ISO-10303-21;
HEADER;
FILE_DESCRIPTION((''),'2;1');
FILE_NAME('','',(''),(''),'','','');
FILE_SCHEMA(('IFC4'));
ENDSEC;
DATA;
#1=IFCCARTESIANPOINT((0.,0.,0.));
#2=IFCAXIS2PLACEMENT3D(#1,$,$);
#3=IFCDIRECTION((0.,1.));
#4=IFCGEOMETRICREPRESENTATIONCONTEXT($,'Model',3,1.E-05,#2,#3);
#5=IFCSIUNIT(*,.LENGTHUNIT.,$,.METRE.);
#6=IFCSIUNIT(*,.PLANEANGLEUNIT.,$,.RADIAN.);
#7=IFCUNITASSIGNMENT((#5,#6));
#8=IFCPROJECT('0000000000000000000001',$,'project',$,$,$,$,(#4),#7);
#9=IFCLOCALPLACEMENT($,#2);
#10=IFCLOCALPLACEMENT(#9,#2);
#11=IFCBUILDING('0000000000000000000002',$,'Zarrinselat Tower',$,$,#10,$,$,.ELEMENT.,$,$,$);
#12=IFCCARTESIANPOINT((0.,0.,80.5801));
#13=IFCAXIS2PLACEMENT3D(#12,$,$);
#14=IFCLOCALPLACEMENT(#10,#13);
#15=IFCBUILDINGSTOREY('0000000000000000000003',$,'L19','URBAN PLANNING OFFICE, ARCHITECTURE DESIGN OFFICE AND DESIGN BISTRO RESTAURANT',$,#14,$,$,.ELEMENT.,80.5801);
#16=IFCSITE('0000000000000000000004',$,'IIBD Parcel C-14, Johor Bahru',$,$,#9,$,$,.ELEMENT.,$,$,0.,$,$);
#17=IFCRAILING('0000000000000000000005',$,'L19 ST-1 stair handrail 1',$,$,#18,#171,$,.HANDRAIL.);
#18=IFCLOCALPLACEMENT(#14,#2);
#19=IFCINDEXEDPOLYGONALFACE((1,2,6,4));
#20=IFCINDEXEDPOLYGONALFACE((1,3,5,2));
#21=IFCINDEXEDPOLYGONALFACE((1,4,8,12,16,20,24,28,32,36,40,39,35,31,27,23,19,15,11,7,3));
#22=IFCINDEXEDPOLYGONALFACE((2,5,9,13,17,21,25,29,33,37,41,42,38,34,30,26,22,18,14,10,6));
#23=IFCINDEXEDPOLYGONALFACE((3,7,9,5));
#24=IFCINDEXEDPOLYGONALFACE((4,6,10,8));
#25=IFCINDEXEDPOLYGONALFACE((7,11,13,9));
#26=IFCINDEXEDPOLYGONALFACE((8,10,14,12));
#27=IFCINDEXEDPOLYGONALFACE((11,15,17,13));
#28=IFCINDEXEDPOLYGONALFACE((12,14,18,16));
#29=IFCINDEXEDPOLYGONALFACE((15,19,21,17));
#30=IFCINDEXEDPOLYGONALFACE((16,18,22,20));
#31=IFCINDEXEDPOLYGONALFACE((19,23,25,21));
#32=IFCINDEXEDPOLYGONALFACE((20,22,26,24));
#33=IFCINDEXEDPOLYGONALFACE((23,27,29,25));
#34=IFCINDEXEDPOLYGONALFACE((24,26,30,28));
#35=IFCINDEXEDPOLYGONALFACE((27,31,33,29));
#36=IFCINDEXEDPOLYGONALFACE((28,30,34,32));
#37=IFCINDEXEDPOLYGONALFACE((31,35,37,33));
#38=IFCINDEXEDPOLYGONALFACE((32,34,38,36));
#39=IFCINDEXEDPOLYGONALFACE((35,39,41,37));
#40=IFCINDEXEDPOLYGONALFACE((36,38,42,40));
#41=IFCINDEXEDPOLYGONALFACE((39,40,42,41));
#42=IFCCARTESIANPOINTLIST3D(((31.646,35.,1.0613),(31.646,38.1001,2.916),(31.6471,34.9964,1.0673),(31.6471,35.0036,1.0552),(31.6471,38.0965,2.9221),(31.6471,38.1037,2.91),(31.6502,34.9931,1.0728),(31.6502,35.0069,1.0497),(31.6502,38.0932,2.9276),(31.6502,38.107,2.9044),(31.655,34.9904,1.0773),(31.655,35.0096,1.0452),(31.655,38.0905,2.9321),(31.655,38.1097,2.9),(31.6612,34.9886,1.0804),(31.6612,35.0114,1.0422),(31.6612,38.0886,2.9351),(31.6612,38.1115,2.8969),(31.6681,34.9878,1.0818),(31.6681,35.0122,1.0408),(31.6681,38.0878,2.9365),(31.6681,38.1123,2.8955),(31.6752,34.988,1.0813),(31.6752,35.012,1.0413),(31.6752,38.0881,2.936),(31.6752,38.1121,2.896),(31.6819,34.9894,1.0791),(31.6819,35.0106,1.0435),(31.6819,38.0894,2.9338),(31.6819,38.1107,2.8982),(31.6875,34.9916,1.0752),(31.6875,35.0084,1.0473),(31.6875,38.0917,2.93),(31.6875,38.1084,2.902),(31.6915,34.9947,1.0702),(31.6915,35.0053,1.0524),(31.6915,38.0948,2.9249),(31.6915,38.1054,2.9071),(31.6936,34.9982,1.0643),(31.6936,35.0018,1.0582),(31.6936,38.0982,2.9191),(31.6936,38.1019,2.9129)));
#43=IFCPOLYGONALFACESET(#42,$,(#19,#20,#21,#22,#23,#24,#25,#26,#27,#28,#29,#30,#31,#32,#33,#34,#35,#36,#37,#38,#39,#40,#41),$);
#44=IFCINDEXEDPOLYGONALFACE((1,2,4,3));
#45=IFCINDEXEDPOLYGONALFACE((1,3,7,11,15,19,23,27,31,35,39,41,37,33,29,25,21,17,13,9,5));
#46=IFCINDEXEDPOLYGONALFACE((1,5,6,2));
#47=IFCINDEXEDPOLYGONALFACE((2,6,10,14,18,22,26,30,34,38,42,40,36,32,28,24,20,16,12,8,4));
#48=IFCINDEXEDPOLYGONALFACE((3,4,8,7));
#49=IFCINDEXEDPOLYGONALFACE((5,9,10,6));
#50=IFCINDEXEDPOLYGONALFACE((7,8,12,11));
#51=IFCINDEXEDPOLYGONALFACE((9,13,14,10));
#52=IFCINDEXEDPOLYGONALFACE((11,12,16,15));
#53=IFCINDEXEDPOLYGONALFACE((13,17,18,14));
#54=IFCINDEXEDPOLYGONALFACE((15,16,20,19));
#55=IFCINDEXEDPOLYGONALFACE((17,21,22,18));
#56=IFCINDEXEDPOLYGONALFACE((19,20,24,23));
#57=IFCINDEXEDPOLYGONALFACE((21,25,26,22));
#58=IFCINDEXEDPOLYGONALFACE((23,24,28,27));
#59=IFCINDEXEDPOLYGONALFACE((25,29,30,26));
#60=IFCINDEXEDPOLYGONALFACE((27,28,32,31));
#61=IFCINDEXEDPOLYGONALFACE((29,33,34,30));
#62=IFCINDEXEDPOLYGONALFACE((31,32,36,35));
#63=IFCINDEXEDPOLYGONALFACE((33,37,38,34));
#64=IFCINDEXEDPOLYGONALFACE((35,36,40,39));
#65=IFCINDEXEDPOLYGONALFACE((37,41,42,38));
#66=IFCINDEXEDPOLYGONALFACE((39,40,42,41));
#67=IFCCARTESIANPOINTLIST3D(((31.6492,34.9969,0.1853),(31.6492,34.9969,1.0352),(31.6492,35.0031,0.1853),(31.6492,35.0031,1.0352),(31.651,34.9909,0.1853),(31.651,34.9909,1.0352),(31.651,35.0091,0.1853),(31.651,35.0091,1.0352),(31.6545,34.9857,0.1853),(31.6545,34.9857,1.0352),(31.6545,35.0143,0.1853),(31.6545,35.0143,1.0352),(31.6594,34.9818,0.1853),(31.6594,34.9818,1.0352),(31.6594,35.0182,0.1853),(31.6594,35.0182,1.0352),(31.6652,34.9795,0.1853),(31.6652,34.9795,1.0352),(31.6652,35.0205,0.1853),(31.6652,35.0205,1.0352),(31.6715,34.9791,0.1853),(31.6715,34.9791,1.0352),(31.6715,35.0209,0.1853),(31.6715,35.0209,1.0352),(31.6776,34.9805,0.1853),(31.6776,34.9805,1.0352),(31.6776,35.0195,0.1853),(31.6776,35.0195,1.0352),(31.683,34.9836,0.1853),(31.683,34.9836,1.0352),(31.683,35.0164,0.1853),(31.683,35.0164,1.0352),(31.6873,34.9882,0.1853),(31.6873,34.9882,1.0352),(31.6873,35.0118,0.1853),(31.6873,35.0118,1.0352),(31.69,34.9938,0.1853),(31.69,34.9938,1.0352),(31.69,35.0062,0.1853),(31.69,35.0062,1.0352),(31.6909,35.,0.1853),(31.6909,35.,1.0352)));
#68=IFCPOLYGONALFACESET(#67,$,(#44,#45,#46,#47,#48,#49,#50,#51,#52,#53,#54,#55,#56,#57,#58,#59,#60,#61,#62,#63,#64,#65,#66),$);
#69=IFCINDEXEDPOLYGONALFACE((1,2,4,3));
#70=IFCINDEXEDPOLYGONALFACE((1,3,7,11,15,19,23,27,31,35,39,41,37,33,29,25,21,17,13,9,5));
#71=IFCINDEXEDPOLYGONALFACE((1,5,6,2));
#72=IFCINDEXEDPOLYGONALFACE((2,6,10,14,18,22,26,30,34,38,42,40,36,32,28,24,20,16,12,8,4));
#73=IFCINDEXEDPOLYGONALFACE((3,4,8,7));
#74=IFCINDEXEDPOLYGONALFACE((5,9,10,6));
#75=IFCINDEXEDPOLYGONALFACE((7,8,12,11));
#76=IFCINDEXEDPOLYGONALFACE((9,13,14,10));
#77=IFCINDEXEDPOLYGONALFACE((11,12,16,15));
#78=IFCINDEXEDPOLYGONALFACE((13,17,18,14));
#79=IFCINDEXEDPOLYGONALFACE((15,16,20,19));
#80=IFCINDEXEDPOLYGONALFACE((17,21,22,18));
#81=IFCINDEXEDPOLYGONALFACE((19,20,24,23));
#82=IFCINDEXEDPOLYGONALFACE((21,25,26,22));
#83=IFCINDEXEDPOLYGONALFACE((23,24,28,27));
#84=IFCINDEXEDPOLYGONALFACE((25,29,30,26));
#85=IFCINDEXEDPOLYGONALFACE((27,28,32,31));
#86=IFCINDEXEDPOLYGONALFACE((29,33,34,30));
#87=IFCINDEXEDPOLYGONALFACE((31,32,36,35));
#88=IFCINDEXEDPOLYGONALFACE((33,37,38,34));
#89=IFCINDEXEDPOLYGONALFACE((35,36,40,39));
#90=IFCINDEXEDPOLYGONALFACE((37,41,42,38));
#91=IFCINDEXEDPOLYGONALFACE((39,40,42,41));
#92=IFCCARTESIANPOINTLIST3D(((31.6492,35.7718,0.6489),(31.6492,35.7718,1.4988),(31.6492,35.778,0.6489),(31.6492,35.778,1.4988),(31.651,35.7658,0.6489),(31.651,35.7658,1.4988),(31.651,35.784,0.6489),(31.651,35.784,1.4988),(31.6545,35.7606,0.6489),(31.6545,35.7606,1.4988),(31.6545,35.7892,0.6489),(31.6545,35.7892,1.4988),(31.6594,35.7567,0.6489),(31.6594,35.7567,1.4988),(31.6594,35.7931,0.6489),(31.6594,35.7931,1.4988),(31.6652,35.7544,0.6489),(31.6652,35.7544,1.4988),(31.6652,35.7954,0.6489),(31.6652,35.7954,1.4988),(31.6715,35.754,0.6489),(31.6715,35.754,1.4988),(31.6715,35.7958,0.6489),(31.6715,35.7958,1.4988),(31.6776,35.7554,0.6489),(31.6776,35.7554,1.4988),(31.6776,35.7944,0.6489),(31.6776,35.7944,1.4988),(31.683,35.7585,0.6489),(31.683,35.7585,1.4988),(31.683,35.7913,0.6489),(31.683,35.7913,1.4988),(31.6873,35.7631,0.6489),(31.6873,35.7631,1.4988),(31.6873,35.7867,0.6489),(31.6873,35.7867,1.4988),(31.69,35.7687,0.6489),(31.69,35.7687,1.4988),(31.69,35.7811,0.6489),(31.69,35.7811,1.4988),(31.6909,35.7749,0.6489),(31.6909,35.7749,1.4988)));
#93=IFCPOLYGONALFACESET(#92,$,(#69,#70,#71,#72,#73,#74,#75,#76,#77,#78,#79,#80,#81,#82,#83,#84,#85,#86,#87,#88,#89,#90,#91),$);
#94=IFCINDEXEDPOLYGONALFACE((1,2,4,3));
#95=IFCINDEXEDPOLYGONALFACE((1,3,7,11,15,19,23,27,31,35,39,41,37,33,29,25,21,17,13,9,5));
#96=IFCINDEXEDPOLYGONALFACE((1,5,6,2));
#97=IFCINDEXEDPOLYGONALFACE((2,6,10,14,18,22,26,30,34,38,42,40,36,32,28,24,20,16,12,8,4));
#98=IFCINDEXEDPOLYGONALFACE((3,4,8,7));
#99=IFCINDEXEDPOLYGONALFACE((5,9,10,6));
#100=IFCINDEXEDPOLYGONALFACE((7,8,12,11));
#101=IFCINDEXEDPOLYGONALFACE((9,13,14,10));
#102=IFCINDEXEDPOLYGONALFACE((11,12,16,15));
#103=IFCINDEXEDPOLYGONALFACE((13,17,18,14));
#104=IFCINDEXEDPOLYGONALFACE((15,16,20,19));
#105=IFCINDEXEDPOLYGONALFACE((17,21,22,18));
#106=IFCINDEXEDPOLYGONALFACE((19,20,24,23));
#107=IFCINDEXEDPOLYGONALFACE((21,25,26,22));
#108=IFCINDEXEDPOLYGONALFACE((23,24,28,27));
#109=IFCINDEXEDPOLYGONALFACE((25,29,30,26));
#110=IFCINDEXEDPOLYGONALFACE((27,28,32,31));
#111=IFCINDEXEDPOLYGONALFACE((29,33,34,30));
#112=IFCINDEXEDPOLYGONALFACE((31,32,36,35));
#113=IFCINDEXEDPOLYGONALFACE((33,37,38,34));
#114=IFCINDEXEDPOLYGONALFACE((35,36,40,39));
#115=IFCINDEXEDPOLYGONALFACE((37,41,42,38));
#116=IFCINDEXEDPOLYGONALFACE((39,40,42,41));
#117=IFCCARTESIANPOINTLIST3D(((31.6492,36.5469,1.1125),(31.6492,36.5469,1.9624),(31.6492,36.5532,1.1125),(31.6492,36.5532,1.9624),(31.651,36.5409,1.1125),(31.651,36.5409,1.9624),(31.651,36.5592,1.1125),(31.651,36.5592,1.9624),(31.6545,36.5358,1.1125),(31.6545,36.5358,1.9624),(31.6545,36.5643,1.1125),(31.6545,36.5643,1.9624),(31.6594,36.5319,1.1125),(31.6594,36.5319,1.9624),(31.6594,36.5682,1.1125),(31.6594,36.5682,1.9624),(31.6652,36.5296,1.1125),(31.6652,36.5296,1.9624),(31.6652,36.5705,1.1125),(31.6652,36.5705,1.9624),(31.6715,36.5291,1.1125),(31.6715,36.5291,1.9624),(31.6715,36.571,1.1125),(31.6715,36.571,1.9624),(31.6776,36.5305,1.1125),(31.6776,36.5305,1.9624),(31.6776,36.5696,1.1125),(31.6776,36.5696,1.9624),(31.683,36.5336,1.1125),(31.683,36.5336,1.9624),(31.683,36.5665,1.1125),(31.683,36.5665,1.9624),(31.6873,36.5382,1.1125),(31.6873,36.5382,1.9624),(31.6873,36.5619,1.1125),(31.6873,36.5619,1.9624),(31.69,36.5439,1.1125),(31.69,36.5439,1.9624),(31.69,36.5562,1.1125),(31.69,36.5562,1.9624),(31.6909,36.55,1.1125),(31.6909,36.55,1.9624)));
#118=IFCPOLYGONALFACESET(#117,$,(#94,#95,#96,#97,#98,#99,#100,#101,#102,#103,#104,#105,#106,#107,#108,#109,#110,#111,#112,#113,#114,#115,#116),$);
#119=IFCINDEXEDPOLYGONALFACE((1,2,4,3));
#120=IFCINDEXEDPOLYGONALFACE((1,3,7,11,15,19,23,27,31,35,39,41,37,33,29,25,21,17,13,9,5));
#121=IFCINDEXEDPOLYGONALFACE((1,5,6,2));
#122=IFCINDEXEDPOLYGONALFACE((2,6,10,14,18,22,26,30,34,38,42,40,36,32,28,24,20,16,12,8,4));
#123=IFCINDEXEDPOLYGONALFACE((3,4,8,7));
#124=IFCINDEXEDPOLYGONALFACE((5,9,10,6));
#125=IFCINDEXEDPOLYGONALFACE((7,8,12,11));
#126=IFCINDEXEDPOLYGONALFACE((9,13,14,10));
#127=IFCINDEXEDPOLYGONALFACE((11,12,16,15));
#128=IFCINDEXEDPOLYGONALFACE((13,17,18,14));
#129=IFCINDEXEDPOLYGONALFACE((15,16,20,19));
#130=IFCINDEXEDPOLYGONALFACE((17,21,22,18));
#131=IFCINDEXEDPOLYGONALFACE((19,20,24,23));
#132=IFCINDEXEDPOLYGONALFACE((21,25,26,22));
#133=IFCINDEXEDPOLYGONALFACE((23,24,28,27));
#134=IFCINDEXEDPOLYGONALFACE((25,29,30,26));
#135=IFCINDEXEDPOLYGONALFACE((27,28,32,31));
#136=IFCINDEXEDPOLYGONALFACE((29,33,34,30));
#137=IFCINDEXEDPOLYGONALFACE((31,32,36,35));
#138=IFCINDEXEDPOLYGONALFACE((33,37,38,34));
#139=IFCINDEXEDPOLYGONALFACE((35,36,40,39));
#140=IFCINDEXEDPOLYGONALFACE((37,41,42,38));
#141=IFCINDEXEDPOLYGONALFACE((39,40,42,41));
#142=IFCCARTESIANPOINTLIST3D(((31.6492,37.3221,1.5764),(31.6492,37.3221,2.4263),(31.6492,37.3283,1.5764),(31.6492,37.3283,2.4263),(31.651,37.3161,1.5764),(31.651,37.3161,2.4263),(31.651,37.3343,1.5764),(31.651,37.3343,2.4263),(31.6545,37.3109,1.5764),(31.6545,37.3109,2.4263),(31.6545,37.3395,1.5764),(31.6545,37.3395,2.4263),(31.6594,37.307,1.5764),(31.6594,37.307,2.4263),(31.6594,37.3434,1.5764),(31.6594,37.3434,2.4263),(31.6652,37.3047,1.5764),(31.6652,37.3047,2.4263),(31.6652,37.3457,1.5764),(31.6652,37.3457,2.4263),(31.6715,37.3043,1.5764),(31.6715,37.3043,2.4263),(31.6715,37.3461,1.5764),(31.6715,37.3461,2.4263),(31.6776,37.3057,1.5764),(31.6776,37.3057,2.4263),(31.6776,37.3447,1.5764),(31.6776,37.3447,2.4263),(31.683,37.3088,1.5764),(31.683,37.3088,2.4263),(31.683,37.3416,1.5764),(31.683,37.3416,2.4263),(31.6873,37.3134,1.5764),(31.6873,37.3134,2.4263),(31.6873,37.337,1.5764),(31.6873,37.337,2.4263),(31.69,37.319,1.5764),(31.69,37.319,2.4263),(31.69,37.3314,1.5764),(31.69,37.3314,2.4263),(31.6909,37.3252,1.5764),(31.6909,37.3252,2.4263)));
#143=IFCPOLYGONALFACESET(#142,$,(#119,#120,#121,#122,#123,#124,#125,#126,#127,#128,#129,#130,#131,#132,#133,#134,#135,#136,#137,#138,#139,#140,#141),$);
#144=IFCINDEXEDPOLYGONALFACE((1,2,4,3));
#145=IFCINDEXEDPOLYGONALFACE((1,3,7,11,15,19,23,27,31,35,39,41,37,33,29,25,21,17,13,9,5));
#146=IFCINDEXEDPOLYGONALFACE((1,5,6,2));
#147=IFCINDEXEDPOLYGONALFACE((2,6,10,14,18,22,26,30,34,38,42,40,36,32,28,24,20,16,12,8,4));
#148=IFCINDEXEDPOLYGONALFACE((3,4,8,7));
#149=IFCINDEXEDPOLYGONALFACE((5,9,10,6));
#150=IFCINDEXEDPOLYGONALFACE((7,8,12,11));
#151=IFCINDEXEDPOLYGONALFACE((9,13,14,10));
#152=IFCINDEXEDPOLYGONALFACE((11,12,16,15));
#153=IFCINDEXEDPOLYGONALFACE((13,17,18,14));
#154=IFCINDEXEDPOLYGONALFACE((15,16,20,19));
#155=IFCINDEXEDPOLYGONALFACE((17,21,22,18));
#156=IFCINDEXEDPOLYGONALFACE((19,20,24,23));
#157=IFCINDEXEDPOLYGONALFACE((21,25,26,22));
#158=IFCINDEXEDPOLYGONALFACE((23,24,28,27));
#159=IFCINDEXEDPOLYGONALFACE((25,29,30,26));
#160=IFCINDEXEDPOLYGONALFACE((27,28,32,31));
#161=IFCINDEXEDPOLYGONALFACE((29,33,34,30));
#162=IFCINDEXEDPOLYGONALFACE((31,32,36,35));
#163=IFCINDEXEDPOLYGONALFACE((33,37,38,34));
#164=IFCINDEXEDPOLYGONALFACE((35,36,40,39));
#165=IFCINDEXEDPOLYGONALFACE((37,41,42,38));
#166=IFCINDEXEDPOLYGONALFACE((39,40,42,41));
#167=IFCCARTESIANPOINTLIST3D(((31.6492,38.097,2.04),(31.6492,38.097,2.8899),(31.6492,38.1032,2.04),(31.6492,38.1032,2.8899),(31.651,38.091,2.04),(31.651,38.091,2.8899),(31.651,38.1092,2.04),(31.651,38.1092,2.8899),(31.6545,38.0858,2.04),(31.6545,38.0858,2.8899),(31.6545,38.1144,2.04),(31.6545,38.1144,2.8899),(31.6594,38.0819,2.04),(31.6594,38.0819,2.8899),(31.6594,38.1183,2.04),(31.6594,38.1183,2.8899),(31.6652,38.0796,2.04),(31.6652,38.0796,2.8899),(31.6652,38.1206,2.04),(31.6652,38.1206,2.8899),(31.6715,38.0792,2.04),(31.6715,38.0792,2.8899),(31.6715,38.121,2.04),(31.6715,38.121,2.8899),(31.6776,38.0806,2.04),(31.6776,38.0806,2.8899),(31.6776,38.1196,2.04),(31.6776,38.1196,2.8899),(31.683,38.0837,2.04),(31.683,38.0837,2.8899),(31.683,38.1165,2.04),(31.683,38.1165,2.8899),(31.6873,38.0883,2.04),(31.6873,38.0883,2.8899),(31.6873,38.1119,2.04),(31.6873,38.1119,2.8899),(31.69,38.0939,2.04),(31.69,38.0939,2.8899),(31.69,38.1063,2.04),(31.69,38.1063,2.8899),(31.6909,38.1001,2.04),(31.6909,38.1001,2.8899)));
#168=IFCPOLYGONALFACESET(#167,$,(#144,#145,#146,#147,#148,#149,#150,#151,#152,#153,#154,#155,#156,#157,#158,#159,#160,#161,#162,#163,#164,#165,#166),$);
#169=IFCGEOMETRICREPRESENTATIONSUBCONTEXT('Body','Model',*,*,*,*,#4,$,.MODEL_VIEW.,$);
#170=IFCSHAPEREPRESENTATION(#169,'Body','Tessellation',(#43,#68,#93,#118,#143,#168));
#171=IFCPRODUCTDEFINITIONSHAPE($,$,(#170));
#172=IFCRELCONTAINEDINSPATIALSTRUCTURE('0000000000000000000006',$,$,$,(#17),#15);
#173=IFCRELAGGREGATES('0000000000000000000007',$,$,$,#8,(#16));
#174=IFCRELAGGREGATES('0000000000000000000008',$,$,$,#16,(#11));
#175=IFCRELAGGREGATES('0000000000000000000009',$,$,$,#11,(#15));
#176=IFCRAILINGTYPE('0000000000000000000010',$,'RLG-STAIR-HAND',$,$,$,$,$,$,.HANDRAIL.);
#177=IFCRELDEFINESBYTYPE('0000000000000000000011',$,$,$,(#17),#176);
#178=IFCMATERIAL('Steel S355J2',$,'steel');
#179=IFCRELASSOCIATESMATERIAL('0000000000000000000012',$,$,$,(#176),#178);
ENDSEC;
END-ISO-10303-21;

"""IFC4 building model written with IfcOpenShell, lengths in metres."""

from ifc_helpers import new_model, si_unit, direction, frame, origin, origin_2d, place, context, subcontext, project, spatial, circle, extrude, material, type_object, element, save


model = new_model("IFC4")

# Units and contexts
model_context = context("Model", 3, precision=1e-05, world=origin(), true_north=direction((0.0, 1.0)))
body_context = subcontext(model_context, "Body", "Model", "MODEL_VIEW")
ifc_project = project(units=[si_unit("LENGTHUNIT", "METRE"), si_unit("PLANEANGLEUNIT", "RADIAN")], contexts=[model_context])

# Site, building, storey
site_placement = place(None, origin())
site = spatial("IfcSite", under=ifc_project, at=site_placement, Name="IIBD Parcel C-14, Johor Bahru", CompositionType="ELEMENT", RefElevation=0.0)
building_placement = place(site_placement, origin())
building = spatial("IfcBuilding", under=site, at=building_placement, Name="Zarrinselat Tower", CompositionType="ELEMENT")
storey_placement = place(building_placement, frame((0.0, 0.0, 80.5801)))
storey = spatial("IfcBuildingStorey", under=building, at=storey_placement, Name="L19", Description="URBAN PLANNING OFFICE, ARCHITECTURE DESIGN OFFICE AND DESIGN BISTRO RESTAURANT", CompositionType="ELEMENT", Elevation=80.5801)

# Railing
ifc_material_1 = material(Name="Steel S355J2", Category="steel")
railing_type_1 = type_object("IfcRailingType", Name="RLG-STAIR-HAND", PredefinedType="HANDRAIL", material=ifc_material_1)
railing_1_placement = place(storey_placement, frame((31.6699, 35.0, 0.1853)))
element("IfcRailing", 1, at=railing_1_placement, inside=storey, type_object=railing_type_1, Name="L19 ST-1 stair handrail 1", PredefinedType="HANDRAIL", context=body_context, shape_type="SweptSolid", body=[
    extrude(circle(Radius=0.0239, at=origin_2d()), frame((0.0, 0.0, 0.876), z_axis=(0.0, 0.858142, 0.513412), x_axis=(-1.0, 0.0, 0.0)), (0.0, 0.0, 1.0), 3.6125),
    extrude(circle(Radius=0.021, at=origin_2d()), origin(), (0.0, 0.0, 1.0), 0.8499),
    extrude(circle(Radius=0.021, at=origin_2d()), frame((0.0, 0.7749, 0.4636)), (0.0, 0.0, 1.0), 0.8499),
    extrude(circle(Radius=0.021, at=origin_2d()), frame((0.0, 1.55, 0.9272)), (0.0, 0.0, 1.0), 0.8499),
    extrude(circle(Radius=0.021, at=origin_2d()), frame((0.0, 2.3252, 1.3911)), (0.0, 0.0, 1.0), 0.8499),
    extrude(circle(Radius=0.021, at=origin_2d()), frame((0.0, 3.1001, 1.8547)), (0.0, 0.0, 1.0), 0.8499),
])

save(model, "model.ifc")
